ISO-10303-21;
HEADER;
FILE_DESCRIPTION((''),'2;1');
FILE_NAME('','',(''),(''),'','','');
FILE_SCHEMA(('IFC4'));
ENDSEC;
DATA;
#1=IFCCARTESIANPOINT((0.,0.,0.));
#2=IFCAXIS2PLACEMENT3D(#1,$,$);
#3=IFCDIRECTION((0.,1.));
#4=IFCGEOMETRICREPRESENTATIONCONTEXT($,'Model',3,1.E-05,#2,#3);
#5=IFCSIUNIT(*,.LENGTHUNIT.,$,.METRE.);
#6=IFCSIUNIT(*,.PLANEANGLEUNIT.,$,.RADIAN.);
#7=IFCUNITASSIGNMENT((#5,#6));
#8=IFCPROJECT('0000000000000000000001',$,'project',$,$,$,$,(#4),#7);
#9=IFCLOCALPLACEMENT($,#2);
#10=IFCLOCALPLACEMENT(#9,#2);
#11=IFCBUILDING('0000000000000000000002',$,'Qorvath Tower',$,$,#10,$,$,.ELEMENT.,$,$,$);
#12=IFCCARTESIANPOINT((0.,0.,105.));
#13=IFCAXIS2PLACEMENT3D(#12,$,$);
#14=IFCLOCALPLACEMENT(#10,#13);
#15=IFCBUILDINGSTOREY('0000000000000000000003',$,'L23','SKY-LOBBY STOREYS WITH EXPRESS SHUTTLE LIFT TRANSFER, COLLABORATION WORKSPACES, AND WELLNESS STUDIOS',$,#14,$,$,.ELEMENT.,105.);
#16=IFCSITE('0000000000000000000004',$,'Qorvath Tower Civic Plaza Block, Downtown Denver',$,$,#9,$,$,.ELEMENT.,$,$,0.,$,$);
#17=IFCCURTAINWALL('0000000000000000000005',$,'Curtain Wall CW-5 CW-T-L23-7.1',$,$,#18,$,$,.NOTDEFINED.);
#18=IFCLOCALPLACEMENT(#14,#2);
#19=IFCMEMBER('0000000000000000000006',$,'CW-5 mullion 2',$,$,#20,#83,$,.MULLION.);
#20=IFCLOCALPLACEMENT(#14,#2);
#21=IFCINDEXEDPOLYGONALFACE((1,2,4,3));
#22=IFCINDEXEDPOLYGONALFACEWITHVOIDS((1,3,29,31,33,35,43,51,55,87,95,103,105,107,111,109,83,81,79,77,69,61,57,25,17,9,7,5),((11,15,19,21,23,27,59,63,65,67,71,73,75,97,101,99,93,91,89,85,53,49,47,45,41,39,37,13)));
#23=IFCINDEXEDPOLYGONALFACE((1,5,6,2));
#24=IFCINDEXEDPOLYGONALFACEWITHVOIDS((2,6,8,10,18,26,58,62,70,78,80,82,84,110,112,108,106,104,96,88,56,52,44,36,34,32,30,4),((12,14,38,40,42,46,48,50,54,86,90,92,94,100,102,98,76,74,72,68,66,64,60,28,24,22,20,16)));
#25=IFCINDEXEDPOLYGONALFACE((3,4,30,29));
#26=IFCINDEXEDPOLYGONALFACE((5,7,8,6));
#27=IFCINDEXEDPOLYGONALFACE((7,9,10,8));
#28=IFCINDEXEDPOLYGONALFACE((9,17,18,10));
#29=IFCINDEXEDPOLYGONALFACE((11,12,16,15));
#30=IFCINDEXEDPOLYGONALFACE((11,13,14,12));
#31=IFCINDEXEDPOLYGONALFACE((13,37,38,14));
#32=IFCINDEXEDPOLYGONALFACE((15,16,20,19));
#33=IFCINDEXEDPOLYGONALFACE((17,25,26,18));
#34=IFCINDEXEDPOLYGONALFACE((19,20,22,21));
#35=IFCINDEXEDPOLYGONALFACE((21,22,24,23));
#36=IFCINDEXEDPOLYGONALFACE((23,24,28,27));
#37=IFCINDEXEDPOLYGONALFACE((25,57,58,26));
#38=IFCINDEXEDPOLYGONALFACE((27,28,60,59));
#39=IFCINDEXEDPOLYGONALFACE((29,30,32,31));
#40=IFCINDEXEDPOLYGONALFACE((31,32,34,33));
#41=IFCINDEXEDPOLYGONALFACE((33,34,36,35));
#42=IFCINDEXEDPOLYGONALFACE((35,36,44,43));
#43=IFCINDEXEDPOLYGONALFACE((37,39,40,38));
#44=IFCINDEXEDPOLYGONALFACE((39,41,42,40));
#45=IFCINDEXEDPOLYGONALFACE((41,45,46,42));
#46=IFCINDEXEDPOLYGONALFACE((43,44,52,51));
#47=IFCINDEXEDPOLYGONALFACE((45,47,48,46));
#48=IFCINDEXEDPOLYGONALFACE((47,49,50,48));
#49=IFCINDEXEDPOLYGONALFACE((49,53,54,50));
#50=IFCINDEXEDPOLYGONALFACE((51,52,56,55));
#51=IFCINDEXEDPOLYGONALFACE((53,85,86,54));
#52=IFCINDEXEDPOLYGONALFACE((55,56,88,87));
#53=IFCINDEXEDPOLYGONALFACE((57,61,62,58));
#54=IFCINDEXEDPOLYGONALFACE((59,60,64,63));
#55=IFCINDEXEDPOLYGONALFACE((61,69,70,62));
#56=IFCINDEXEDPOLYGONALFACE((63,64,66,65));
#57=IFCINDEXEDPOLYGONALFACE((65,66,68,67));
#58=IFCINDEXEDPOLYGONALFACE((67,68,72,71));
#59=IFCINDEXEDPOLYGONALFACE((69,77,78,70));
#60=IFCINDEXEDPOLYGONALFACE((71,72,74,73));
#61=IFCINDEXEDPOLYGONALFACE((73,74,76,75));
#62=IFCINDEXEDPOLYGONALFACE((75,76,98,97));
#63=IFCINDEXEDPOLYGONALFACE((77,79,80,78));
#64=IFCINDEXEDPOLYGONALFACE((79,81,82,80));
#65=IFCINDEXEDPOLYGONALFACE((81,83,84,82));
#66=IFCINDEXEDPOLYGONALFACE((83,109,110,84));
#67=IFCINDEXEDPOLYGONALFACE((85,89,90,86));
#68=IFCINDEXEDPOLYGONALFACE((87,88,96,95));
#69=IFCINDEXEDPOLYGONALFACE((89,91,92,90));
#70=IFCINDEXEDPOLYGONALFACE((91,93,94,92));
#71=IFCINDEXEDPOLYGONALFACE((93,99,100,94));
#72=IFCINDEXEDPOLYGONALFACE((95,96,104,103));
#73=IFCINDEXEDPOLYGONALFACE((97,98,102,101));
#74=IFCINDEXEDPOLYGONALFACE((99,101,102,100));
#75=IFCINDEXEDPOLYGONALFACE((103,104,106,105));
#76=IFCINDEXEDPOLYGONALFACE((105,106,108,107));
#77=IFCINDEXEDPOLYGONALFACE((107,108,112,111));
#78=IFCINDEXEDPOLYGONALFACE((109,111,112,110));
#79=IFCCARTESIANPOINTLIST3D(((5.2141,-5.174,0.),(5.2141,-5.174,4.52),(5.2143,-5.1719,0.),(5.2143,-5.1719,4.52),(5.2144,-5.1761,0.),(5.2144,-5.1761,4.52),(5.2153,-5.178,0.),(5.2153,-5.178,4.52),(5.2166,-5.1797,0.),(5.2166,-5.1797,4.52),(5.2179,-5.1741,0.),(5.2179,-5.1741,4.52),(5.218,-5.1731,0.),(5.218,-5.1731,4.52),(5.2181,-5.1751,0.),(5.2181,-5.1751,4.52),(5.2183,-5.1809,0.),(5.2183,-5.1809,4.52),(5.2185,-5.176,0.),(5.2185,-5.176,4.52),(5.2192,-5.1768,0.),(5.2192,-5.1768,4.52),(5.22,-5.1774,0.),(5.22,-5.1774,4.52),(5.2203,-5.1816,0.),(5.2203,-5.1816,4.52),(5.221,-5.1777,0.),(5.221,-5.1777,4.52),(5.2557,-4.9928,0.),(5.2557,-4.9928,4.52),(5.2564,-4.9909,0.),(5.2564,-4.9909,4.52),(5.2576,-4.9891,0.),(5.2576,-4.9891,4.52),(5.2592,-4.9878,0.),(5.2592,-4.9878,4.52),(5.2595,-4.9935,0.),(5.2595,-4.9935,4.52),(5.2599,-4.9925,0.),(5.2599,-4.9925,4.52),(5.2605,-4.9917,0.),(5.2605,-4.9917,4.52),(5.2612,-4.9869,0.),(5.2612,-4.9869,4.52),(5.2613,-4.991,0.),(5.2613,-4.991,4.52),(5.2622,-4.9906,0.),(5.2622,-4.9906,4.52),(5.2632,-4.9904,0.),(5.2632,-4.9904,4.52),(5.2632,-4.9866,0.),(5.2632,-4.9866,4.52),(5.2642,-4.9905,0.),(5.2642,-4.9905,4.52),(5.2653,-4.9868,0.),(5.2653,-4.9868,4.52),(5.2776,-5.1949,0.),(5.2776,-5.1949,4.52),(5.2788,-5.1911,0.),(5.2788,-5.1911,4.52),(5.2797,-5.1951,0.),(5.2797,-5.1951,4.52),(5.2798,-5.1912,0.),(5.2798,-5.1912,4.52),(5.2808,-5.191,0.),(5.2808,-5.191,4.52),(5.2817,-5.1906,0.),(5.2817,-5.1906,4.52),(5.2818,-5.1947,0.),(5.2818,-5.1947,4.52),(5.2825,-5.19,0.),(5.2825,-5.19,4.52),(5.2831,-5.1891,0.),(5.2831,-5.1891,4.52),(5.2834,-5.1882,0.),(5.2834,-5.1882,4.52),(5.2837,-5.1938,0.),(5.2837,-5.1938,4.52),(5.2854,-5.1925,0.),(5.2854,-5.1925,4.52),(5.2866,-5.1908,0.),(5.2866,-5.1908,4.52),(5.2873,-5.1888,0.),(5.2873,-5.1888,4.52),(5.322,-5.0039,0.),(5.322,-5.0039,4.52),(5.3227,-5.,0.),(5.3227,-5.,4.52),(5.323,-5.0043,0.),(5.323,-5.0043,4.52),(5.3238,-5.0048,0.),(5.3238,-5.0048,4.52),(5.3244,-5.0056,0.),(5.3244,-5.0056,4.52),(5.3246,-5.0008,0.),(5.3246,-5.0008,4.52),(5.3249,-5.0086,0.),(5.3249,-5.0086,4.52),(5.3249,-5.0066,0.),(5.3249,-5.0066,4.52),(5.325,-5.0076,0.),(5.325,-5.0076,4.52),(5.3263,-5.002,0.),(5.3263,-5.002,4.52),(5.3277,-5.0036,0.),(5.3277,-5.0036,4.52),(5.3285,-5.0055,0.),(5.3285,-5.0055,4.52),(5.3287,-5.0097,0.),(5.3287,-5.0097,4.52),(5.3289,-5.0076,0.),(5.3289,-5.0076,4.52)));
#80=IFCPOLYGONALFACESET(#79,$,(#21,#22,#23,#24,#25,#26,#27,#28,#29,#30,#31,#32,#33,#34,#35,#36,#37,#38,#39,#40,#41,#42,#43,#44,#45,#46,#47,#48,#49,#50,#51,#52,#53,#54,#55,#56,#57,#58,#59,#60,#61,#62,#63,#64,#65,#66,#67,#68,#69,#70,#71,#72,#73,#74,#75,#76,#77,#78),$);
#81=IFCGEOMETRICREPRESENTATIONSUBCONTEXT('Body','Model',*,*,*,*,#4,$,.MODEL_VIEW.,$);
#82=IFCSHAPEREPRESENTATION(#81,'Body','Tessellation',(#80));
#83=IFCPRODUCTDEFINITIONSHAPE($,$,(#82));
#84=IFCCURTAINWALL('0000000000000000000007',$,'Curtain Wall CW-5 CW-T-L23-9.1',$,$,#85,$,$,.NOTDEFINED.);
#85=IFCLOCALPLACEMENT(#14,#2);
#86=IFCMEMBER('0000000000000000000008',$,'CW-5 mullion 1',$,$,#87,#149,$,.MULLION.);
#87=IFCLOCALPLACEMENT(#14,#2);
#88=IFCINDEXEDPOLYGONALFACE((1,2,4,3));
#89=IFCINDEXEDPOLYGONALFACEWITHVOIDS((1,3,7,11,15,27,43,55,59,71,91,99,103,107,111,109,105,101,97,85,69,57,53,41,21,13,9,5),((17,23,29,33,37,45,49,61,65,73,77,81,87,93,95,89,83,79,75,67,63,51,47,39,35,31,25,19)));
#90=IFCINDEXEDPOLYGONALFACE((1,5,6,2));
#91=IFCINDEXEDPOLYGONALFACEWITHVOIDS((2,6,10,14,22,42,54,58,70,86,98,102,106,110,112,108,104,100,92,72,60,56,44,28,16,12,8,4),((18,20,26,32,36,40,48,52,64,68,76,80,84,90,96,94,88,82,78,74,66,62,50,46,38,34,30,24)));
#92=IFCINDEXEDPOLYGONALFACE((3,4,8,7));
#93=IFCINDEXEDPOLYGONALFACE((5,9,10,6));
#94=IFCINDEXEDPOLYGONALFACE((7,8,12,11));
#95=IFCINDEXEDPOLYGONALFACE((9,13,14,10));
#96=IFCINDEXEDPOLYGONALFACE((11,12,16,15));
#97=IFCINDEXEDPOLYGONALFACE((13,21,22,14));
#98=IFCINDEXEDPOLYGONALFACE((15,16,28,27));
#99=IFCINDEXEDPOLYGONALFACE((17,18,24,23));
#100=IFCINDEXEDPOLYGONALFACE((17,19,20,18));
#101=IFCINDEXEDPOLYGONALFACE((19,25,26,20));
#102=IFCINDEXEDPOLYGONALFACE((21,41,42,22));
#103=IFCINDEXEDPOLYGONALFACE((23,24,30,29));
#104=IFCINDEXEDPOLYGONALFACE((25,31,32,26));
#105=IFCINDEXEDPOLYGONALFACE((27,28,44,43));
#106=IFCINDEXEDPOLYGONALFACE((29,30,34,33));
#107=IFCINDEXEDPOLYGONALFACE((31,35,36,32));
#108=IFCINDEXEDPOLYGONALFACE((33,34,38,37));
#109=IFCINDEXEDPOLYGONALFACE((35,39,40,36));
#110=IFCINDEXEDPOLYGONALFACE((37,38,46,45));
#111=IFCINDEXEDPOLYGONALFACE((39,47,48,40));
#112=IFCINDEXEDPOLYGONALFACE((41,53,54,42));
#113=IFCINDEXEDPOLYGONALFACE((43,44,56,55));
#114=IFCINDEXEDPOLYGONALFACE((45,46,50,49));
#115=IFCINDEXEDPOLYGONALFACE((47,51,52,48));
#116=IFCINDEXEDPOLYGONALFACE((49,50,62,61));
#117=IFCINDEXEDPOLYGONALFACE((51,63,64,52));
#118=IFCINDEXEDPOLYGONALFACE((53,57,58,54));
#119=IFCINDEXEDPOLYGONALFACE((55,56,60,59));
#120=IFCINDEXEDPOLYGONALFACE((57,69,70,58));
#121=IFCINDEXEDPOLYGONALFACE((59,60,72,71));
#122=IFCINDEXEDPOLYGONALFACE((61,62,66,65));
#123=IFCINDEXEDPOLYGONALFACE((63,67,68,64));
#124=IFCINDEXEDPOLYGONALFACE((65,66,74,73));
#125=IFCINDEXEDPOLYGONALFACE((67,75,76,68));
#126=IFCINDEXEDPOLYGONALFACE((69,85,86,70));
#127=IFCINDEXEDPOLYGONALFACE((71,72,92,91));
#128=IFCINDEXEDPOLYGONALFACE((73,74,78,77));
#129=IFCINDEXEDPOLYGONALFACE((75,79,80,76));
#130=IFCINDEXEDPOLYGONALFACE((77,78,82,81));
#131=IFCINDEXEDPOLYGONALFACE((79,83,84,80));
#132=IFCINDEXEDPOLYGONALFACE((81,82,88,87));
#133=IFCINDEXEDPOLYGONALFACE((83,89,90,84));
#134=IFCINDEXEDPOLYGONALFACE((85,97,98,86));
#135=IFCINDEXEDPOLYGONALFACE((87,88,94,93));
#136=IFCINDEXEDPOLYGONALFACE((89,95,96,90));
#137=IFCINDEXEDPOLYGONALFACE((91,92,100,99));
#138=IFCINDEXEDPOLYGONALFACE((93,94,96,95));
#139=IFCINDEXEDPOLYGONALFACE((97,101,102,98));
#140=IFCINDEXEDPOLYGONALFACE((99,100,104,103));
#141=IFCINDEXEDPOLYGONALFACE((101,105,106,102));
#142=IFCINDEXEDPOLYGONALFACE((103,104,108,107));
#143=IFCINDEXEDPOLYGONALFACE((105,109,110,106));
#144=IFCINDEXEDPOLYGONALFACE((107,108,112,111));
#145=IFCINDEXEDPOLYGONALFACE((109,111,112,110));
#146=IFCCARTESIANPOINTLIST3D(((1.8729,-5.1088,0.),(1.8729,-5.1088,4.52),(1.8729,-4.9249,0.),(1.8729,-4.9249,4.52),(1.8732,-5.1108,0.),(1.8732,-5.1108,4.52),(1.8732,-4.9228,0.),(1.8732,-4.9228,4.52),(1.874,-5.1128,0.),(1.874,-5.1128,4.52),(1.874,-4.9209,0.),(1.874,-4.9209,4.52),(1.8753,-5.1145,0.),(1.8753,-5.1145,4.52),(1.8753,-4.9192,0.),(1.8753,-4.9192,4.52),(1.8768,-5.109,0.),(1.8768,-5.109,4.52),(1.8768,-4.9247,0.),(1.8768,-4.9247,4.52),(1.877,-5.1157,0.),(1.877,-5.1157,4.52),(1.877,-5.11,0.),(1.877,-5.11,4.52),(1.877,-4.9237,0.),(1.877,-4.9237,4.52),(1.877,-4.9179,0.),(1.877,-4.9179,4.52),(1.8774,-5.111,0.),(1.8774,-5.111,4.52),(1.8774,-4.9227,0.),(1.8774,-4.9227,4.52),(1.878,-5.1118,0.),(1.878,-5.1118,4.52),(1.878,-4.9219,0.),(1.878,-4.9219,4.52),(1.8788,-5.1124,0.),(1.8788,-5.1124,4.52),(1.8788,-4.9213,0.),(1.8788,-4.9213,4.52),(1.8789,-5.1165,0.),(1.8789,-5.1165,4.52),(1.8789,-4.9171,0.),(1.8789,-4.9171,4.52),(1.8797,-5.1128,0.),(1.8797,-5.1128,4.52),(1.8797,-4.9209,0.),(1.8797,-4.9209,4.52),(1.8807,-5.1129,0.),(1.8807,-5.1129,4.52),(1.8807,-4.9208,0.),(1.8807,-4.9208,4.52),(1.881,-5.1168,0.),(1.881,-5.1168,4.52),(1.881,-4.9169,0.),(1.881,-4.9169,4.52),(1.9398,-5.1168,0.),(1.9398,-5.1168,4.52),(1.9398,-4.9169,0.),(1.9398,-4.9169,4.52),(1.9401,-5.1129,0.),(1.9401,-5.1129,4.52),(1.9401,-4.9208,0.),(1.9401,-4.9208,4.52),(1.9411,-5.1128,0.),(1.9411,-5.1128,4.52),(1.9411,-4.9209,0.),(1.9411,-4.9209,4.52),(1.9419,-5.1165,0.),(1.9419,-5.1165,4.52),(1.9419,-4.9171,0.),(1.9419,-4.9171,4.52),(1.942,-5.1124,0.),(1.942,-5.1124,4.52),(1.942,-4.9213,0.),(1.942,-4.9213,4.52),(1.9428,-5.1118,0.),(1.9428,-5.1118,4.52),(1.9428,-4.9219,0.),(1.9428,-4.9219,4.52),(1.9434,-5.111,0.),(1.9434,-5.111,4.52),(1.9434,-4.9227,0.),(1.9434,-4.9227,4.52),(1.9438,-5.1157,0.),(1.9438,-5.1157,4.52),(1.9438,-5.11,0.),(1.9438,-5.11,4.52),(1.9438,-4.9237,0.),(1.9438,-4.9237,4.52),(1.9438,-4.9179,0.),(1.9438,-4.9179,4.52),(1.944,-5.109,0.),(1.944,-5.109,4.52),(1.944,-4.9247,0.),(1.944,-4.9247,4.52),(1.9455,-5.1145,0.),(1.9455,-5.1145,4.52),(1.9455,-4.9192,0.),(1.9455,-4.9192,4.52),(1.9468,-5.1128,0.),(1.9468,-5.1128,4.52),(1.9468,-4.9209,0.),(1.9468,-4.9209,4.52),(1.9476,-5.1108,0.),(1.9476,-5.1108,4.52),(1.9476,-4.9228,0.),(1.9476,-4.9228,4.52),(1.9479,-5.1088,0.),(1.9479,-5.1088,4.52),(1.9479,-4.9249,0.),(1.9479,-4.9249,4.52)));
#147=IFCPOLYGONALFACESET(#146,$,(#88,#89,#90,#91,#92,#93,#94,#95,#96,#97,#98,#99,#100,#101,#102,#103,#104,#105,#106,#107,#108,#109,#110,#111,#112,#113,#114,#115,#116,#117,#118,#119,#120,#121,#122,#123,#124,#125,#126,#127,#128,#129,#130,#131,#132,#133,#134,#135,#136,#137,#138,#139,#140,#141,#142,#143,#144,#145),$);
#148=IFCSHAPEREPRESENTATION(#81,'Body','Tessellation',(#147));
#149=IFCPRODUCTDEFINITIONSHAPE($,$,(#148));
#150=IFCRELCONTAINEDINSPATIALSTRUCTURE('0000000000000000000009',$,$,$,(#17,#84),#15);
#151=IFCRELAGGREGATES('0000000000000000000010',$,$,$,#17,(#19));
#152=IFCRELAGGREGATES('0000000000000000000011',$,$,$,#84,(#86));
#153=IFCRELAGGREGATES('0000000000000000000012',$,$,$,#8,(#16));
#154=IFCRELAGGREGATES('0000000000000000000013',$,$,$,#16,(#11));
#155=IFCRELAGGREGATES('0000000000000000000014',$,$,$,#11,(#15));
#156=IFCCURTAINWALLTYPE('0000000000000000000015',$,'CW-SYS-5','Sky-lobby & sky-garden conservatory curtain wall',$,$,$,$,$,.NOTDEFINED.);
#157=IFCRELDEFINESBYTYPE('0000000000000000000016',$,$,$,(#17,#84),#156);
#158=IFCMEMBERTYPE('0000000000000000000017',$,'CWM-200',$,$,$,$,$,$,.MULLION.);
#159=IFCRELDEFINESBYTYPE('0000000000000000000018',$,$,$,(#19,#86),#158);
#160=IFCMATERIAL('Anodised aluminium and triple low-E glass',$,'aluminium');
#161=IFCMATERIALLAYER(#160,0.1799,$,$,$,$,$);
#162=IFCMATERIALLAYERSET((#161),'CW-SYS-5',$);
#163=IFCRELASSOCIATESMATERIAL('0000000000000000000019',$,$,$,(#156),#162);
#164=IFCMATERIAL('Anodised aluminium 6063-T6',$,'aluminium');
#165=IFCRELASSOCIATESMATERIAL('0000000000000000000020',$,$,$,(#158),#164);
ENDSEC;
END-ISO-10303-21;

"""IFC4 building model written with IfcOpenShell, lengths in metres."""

from ifc_helpers import new_model, si_unit, direction, frame, origin, origin_2d, place, context, subcontext, project, spatial, hollow_rectangle, extrude, material, layer, layer_set, material_profile, profile_set, type_object, element, aggregate, save


model = new_model("IFC4")

# Units and contexts
model_context = context("Model", 3, precision=1e-05, world=origin(), true_north=direction((0.0, 1.0)))
body_context = subcontext(model_context, "Body", "Model", "MODEL_VIEW")
ifc_project = project(units=[si_unit("LENGTHUNIT", "METRE"), si_unit("PLANEANGLEUNIT", "RADIAN")], contexts=[model_context])

# Site, building, storey
site_placement = place(None, origin())
site = spatial("IfcSite", under=ifc_project, at=site_placement, Name="Qorvath Tower Civic Plaza Block, Downtown Denver", CompositionType="ELEMENT", RefElevation=0.0)
building_placement = place(site_placement, origin())
building = spatial("IfcBuilding", under=site, at=building_placement, Name="Qorvath Tower", CompositionType="ELEMENT")
storey_placement = place(building_placement, frame((0.0, 0.0, 105.0)))
storey = spatial("IfcBuildingStorey", under=building, at=storey_placement, Name="L23", Description="SKY-LOBBY STOREYS WITH EXPRESS SHUTTLE LIFT TRANSFER, COLLABORATION WORKSPACES, AND WELLNESS STUDIOS", CompositionType="ELEMENT", Elevation=105.0)

# Curtain wall, member
ifc_material_1 = material(Name="Anodised aluminium and triple low-E glass", Category="aluminium")
ifc_layer_1 = layer(ifc_material_1, 0.1799)
ifc_layer_set_1 = layer_set([ifc_layer_1], Name="CW-SYS-5")
curtain_wall_type = type_object("IfcCurtainWallType", Name="CW-SYS-5", Description="Sky-lobby & sky-garden conservatory curtain wall", PredefinedType="NOTDEFINED", material=ifc_layer_set_1)
curtain_wall_1_placement = place(storey_placement, origin())
curtain_wall_1 = element("IfcCurtainWall", 1, at=curtain_wall_1_placement, inside=storey, type_object=curtain_wall_type, Name="Curtain Wall CW-5 CW-T-L23-7.1", PredefinedType="NOTDEFINED")
ifc_material_2 = material(Name="Anodised aluminium 6063-T6", Category="aluminium")
ifc_material_profile_1 = material_profile(ifc_material_2, hollow_rectangle(XDim=0.075, YDim=0.2, WallThickness=0.0039, InnerFilletRadius=0.0039, OuterFilletRadius=0.0081, at=origin_2d()), Name="CWM 200x75")
ifc_profile_set_1 = profile_set([ifc_material_profile_1], Name="Anodised aluminium 6063-T6")
member_type_1 = type_object("IfcMemberType", Name="CWM-200", PredefinedType="MULLION", material=ifc_profile_set_1)
member_1_placement = place(storey_placement, frame((5.2715, -5.0908, 0.0), z_axis=(0.0, 0.0, 1.0), x_axis=(-0.974339, 0.225085, 0.0)))
member_1 = element("IfcMember", 2, at=member_1_placement, type_object=member_type_1, Name="CW-5 mullion 2", PredefinedType="MULLION", context=body_context, shape_type="SweptSolid", body=[
    extrude(hollow_rectangle(XDim=0.075, YDim=0.2, WallThickness=0.0039, InnerFilletRadius=0.0039, OuterFilletRadius=0.0081, at=origin_2d()), origin(), (0.0, 0.0, 1.0), 4.52),
])
aggregate(curtain_wall_1, [member_1])

# Curtain wall, member
curtain_wall_2_placement = place(storey_placement, origin())
curtain_wall_2 = element("IfcCurtainWall", 3, at=curtain_wall_2_placement, inside=storey, type_object=curtain_wall_type, Name="Curtain Wall CW-5 CW-T-L23-9.1", PredefinedType="NOTDEFINED")
member_2_placement = place(storey_placement, frame((1.9104, -5.0168, 0.0), z_axis=(0.0, 0.0, 1.0), x_axis=(-1.0, 0.0, 0.0)))
member_2 = element("IfcMember", 4, at=member_2_placement, type_object=member_type_1, Name="CW-5 mullion 1", PredefinedType="MULLION", context=body_context, shape_type="SweptSolid", body=[
    extrude(hollow_rectangle(XDim=0.075, YDim=0.2, WallThickness=0.0039, InnerFilletRadius=0.0039, OuterFilletRadius=0.0081, at=origin_2d()), origin(), (0.0, 0.0, 1.0), 4.52),
])
aggregate(curtain_wall_2, [member_2])

save(model, "model.ifc")
